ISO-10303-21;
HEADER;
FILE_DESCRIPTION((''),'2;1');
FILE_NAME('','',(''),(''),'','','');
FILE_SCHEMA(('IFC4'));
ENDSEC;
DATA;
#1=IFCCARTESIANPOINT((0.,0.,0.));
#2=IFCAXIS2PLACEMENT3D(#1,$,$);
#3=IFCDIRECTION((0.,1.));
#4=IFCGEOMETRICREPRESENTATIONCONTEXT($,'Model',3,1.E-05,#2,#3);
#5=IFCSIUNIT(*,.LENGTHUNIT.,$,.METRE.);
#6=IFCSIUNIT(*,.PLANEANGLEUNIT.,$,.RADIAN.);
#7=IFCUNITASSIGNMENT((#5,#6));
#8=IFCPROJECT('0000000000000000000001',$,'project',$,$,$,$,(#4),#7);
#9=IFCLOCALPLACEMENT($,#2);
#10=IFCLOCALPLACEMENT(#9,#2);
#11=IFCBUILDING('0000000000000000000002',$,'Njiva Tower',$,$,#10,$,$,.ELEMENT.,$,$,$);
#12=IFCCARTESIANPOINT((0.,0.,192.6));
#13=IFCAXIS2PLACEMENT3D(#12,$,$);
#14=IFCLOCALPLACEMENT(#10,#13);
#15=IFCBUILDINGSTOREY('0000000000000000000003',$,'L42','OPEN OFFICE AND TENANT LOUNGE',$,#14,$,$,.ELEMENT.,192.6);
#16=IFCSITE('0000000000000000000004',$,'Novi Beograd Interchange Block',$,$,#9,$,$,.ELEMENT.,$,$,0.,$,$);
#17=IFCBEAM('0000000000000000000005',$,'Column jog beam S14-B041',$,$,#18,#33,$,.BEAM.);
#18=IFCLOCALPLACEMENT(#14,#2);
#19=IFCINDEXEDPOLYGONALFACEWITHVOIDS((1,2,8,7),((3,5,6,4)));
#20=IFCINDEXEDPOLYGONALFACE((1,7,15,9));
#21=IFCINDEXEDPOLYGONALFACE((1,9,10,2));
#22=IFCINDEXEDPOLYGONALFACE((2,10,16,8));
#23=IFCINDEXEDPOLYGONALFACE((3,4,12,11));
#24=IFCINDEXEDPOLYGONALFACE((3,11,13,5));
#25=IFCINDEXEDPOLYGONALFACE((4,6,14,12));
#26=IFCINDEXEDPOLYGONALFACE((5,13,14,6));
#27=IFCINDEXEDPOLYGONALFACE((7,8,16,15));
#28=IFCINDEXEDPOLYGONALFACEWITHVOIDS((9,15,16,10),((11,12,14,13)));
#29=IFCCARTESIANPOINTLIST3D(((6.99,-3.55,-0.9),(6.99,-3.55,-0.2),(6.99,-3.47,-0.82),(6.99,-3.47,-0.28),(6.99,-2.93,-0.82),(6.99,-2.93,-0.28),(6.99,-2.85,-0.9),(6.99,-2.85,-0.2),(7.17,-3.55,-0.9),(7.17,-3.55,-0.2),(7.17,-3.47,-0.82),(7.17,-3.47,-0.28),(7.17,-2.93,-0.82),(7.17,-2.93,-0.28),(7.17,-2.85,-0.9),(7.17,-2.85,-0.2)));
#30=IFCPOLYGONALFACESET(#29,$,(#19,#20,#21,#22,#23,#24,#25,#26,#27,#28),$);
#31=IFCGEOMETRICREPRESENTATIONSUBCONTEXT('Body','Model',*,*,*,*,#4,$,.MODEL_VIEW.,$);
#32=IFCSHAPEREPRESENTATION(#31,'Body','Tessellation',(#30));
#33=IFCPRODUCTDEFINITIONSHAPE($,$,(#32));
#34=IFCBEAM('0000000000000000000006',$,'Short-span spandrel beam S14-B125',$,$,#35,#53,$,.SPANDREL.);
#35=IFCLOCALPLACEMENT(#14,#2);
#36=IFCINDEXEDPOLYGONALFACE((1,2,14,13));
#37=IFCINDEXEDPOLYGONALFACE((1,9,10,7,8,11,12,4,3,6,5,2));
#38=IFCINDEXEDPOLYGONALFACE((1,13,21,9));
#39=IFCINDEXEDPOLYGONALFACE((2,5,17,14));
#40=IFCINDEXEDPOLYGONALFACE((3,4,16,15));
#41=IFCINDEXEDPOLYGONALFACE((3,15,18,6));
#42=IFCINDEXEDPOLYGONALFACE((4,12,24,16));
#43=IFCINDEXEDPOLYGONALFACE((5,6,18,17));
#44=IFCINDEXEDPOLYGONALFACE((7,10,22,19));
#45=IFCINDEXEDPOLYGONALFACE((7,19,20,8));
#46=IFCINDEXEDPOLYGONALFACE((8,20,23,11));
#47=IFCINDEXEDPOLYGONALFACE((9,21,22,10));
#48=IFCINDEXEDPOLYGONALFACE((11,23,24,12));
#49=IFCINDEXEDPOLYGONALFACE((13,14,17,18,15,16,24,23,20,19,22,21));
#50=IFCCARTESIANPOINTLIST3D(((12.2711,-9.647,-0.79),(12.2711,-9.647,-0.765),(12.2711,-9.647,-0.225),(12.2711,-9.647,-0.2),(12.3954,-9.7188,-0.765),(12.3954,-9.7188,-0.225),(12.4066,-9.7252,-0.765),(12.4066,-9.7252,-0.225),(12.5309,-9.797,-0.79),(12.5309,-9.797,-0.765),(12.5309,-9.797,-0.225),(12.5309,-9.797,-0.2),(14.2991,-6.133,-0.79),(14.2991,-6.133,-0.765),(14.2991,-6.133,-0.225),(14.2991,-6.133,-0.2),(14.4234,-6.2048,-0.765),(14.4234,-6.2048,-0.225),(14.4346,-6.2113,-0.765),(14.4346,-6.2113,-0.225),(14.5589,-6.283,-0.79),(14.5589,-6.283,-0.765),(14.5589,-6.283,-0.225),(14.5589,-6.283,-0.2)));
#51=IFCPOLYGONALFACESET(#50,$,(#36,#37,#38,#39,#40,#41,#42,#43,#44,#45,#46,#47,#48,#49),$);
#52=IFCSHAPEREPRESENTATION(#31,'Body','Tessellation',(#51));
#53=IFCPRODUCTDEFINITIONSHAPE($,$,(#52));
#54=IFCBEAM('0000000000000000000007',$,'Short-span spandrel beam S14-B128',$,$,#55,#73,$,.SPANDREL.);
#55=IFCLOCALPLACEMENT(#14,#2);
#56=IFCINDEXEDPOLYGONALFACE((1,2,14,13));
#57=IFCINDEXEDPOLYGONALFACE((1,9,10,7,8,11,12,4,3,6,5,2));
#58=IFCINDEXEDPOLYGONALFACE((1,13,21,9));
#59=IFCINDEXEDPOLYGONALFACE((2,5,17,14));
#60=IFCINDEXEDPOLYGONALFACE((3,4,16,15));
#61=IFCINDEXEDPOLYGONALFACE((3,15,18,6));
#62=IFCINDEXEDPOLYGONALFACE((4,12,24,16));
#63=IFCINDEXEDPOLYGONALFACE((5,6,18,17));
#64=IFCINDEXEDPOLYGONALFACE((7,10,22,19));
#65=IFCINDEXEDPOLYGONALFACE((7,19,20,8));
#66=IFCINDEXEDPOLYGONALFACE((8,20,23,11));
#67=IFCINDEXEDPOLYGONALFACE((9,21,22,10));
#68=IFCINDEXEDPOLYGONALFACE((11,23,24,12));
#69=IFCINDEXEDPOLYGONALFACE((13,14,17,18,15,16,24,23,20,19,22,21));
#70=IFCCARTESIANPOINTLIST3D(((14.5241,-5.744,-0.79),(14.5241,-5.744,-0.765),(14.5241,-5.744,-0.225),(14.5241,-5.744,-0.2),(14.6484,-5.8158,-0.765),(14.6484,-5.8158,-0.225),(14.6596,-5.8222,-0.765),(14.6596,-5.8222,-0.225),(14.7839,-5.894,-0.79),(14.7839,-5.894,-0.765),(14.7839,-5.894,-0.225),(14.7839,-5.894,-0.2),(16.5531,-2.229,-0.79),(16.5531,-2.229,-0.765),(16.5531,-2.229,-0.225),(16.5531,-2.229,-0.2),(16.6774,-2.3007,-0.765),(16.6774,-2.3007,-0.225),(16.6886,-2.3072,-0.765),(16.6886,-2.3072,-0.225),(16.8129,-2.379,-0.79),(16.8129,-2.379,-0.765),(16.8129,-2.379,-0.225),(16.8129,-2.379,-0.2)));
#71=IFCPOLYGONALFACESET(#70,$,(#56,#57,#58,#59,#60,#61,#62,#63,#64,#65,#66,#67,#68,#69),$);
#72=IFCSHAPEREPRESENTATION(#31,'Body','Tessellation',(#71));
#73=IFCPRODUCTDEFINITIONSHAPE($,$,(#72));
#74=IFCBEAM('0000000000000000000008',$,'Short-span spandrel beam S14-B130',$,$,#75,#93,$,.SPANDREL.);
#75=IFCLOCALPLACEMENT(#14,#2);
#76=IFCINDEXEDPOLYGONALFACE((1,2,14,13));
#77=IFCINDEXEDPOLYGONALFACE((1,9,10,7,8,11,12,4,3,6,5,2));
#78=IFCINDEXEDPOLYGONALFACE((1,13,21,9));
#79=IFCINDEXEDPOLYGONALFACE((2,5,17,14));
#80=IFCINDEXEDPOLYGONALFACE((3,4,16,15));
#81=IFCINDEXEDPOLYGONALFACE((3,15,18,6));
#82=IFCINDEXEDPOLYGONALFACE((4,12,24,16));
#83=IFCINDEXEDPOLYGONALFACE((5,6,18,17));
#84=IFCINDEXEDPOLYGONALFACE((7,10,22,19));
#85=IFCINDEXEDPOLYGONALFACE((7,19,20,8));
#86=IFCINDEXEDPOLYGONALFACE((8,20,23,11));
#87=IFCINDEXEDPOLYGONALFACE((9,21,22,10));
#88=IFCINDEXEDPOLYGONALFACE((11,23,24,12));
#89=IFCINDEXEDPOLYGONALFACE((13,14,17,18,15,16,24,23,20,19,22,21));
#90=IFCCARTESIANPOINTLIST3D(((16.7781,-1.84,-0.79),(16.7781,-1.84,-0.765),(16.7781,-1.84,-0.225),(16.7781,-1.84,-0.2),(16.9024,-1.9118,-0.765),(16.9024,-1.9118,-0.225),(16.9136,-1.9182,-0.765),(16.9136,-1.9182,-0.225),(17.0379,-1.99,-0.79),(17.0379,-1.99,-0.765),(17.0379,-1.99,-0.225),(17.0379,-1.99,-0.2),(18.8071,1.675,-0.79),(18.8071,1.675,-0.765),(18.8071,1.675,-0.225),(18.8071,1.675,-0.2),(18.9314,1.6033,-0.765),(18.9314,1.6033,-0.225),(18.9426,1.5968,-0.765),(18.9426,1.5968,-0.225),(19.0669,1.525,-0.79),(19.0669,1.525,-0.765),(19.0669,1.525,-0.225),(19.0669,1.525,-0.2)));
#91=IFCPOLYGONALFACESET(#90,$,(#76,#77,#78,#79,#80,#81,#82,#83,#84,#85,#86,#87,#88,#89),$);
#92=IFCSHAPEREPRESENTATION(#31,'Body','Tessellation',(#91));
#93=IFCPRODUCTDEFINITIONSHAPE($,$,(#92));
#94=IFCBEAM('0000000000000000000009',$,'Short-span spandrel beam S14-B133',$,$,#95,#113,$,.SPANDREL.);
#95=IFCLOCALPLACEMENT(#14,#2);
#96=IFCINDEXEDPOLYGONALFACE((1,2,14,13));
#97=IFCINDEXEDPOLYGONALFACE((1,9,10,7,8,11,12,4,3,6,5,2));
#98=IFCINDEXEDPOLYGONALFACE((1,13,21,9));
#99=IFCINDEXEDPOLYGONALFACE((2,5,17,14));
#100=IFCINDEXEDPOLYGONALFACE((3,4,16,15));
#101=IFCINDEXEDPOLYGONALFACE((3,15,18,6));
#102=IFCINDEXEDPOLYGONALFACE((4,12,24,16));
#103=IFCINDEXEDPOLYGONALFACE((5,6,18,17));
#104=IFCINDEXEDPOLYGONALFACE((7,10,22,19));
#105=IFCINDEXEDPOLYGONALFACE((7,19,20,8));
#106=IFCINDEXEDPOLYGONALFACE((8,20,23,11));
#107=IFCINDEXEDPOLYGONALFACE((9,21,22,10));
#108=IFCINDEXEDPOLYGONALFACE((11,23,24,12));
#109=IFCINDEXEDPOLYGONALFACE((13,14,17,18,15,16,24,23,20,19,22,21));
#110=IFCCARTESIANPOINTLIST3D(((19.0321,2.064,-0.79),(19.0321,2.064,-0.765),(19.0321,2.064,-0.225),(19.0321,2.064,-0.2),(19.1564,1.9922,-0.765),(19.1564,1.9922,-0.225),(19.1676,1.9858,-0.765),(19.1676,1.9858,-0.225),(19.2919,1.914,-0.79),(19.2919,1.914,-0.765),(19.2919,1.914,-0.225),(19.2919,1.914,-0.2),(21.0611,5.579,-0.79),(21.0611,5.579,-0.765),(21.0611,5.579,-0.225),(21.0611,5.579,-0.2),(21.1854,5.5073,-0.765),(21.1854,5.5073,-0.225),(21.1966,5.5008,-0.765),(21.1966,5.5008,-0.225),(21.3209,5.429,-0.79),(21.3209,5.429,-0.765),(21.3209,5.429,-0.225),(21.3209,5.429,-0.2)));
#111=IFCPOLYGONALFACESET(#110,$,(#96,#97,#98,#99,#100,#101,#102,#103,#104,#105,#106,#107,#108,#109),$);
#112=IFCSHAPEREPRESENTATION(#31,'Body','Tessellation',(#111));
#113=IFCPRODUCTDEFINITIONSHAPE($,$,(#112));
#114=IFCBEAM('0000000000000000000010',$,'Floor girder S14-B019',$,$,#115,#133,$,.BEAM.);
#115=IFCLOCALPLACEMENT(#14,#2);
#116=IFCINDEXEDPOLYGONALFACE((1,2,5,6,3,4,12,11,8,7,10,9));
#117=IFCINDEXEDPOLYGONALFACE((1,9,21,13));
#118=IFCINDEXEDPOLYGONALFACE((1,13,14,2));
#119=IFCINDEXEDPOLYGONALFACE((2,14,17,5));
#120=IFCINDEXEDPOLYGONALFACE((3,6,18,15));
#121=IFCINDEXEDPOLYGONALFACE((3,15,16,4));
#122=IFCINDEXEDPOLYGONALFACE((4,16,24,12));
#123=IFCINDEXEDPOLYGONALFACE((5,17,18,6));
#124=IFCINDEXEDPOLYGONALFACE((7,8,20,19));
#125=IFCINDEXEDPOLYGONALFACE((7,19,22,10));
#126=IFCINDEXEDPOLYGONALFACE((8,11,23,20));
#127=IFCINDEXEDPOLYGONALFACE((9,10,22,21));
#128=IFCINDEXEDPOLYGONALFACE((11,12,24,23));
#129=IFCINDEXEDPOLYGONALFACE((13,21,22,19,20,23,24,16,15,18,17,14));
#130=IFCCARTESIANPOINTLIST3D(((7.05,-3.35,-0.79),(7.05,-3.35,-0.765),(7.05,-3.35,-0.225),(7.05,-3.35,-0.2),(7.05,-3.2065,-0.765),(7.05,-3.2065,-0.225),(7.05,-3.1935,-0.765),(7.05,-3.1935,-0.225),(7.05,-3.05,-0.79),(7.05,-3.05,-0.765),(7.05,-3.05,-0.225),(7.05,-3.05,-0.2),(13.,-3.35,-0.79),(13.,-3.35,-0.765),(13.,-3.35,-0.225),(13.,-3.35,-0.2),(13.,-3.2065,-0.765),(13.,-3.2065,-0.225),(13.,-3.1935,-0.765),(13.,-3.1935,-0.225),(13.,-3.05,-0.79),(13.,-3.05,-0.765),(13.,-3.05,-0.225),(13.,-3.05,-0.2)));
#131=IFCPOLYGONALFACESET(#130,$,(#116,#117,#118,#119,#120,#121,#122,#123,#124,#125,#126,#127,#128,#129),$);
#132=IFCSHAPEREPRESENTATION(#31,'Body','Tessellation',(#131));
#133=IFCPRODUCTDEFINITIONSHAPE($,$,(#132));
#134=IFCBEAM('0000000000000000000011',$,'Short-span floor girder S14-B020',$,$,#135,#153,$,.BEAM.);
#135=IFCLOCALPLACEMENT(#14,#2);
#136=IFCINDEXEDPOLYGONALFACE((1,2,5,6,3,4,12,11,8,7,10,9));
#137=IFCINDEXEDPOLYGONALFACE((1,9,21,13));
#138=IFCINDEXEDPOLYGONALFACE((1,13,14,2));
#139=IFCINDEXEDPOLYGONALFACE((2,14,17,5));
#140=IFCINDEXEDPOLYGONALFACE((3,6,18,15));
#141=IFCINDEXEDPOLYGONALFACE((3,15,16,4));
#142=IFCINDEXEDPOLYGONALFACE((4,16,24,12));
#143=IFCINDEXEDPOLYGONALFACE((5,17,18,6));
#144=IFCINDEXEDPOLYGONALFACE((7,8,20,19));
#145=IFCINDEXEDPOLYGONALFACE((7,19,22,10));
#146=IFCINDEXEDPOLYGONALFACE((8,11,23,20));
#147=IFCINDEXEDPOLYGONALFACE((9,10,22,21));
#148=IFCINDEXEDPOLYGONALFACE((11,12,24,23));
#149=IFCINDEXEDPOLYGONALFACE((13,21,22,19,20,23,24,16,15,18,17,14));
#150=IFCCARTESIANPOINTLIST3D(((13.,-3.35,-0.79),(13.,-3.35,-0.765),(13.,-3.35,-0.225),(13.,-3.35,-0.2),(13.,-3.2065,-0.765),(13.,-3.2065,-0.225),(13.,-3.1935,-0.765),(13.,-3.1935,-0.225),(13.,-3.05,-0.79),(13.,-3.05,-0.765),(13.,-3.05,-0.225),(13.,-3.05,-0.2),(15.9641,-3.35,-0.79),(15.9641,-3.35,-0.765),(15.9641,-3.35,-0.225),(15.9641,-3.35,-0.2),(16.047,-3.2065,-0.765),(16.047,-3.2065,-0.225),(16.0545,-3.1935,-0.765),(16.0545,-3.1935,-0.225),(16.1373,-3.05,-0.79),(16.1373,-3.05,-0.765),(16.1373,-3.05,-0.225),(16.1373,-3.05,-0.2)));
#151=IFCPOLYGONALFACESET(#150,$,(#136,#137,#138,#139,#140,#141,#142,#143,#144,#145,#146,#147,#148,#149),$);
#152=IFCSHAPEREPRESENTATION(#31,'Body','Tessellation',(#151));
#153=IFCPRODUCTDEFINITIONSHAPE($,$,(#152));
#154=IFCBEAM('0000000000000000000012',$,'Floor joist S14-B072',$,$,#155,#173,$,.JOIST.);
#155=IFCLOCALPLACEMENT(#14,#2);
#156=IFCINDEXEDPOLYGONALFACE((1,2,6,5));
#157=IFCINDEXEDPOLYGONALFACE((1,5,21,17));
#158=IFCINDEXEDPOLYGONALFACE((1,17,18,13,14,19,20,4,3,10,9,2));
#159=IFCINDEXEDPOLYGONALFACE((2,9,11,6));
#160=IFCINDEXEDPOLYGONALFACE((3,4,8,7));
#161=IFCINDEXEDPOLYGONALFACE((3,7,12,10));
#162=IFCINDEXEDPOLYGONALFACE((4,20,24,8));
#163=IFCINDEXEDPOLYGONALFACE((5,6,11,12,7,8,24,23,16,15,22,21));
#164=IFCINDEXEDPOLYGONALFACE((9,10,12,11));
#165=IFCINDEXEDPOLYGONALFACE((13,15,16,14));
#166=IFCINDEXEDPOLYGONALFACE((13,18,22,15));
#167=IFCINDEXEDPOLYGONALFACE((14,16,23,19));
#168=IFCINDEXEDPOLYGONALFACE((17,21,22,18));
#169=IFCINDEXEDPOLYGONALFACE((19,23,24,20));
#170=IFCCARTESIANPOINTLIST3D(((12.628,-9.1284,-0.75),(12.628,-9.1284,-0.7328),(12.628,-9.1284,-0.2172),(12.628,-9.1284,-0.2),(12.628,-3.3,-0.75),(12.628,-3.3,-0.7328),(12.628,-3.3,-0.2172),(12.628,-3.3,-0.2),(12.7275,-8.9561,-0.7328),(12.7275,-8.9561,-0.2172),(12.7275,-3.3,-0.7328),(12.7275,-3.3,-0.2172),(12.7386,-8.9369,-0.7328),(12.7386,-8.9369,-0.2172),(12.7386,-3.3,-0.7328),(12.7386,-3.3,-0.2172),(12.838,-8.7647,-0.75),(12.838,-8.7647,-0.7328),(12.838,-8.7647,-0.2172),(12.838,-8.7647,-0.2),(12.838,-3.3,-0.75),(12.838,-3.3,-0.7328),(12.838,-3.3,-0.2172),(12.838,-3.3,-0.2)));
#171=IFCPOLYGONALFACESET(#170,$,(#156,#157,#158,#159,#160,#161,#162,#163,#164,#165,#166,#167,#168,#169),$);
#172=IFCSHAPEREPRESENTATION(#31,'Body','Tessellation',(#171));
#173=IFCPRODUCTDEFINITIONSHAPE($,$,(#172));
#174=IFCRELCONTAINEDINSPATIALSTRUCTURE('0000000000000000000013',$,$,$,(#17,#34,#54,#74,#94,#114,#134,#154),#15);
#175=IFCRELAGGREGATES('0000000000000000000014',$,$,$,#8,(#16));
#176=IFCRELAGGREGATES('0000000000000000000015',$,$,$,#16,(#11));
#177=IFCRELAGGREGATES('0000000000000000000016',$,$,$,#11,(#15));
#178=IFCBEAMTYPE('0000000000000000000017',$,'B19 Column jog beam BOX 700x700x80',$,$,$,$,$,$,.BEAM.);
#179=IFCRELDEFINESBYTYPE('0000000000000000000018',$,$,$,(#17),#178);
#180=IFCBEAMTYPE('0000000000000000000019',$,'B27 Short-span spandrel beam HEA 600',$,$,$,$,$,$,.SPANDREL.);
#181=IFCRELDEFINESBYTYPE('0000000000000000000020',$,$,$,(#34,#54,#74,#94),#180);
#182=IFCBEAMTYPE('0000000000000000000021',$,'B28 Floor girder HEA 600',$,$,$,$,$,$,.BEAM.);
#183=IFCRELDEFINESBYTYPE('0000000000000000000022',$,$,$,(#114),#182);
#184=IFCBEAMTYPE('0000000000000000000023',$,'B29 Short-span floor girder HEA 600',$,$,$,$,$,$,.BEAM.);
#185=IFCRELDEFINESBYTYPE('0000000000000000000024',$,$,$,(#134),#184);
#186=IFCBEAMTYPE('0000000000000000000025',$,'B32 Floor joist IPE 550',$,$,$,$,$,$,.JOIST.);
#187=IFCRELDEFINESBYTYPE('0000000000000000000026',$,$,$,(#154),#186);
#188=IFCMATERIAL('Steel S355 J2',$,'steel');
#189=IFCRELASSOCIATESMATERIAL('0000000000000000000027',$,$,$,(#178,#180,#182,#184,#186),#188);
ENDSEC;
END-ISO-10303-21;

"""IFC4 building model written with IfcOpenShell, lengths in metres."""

from ifc_helpers import new_model, si_unit, direction, frame, origin, origin_2d, place, context, subcontext, project, spatial, hollow_rectangle, i_section, extrude, clip, halfspace, material, material_profile, profile_set, type_object, element, save


model = new_model("IFC4")

# Units and contexts
model_context = context("Model", 3, precision=1e-05, world=origin(), true_north=direction((0.0, 1.0)))
body_context = subcontext(model_context, "Body", "Model", "MODEL_VIEW")
ifc_project = project(units=[si_unit("LENGTHUNIT", "METRE"), si_unit("PLANEANGLEUNIT", "RADIAN")], contexts=[model_context])

# Site, building, storey
site_placement = place(None, origin())
site = spatial("IfcSite", under=ifc_project, at=site_placement, Name="Novi Beograd Interchange Block", CompositionType="ELEMENT", RefElevation=0.0)
building_placement = place(site_placement, origin())
building = spatial("IfcBuilding", under=site, at=building_placement, Name="Njiva Tower", CompositionType="ELEMENT")
storey_placement = place(building_placement, frame((0.0, 0.0, 192.6)))
storey = spatial("IfcBuildingStorey", under=building, at=storey_placement, Name="L42", Description="OPEN OFFICE AND TENANT LOUNGE", CompositionType="ELEMENT", Elevation=192.6)

# Shared definitions
ifc_material_1 = material(Name="Steel S355 J2", Category="steel")

# Beams
ifc_material_profile_1 = material_profile(ifc_material_1, hollow_rectangle(XDim=0.7, YDim=0.7, WallThickness=0.08, at=origin_2d()), Name="BOX 700x700x80")
ifc_profile_set_1 = profile_set([ifc_material_profile_1], Name="Steel S355 J2")
beam_type_1 = type_object("IfcBeamType", Name="B19 Column jog beam BOX 700x700x80", PredefinedType="BEAM", material=ifc_profile_set_1)
beam_1_placement = place(storey_placement, frame((7.17, -3.2, -0.55), z_axis=(-1.0, 0.0, 0.0), x_axis=(0.0, -1.0, 0.0)))
element("IfcBeam", 1, at=beam_1_placement, inside=storey, type_object=beam_type_1, Name="Column jog beam S14-B041", PredefinedType="BEAM", context=body_context, shape_type="SweptSolid", body=[
    extrude(hollow_rectangle(XDim=0.7, YDim=0.7, WallThickness=0.08, at=origin_2d()), origin(), (0.0, 0.0, 1.0), 0.18),
])
ifc_material_profile_2 = material_profile(ifc_material_1, i_section(OverallWidth=0.3, OverallDepth=0.59, WebThickness=0.013, FlangeThickness=0.025, at=origin_2d()), Name="HEA 600")
ifc_profile_set_2 = profile_set([ifc_material_profile_2], Name="Steel S355 J2")
beam_type_2 = type_object("IfcBeamType", Name="B27 Short-span spandrel beam HEA 600", PredefinedType="SPANDREL", material=ifc_profile_set_2)
beam_2_placement = place(storey_placement, frame((12.401, -9.722, -0.495), z_axis=(0.49985, 0.866112, 0.0), x_axis=(-0.866112, 0.49985, 0.0)))
element("IfcBeam", 2, at=beam_2_placement, inside=storey, type_object=beam_type_2, Name="Short-span spandrel beam S14-B125", PredefinedType="SPANDREL", context=body_context, shape_type="SweptSolid", body=[
    extrude(i_section(OverallWidth=0.3, OverallDepth=0.59, WebThickness=0.013, FlangeThickness=0.025, at=origin_2d()), origin(), (0.0, 0.0, 1.0), 4.0572),
])
for number, where, z_axis, x_axis, name in (
    (3, (14.654, -5.819, -0.495), (0.499929, 0.866067, 0.0), (-0.866067, 0.499929, 0.0), "Short-span spandrel beam S14-B128"),
    (4, (16.908, -1.915, -0.495), (0.499929, 0.866067, 0.0), (-0.866067, 0.499929, 0.0), "Short-span spandrel beam S14-B130"),
    (5, (19.162, 1.989, -0.495), (0.499929, 0.866067, 0.0), (-0.866067, 0.499929, 0.0), "Short-span spandrel beam S14-B133"),
):
    element("IfcBeam", number, at=place(storey_placement, frame(where, z_axis=z_axis, x_axis=x_axis)), inside=storey, type_object=beam_type_2, Name=name, PredefinedType="SPANDREL", context=body_context, shape_type="SweptSolid", body=[
        extrude(i_section(OverallWidth=0.3, OverallDepth=0.59, WebThickness=0.013, FlangeThickness=0.025, at=origin_2d()), origin(), (0.0, 0.0, 1.0), 4.0586),
    ])
ifc_material_profile_3 = material_profile(ifc_material_1, i_section(OverallWidth=0.3, OverallDepth=0.59, WebThickness=0.013, FlangeThickness=0.025, at=origin_2d()), Name="HEA 600")
ifc_profile_set_3 = profile_set([ifc_material_profile_3], Name="Steel S355 J2")
beam_type_3 = type_object("IfcBeamType", Name="B28 Floor girder HEA 600", PredefinedType="BEAM", material=ifc_profile_set_3)
beam_3_placement = place(storey_placement, frame((7.05, -3.2, -0.495), z_axis=(1.0, 0.0, 0.0), x_axis=(0.0, 1.0, 0.0)))
element("IfcBeam", 6, at=beam_3_placement, inside=storey, type_object=beam_type_3, Name="Floor girder S14-B019", PredefinedType="BEAM", context=body_context, shape_type="SweptSolid", body=[
    extrude(i_section(OverallWidth=0.3, OverallDepth=0.59, WebThickness=0.013, FlangeThickness=0.025, at=origin_2d()), origin(), (0.0, 0.0, 1.0), 5.95),
])
ifc_material_profile_4 = material_profile(ifc_material_1, i_section(OverallWidth=0.3, OverallDepth=0.59, WebThickness=0.013, FlangeThickness=0.025, at=origin_2d()), Name="HEA 600")
ifc_profile_set_4 = profile_set([ifc_material_profile_4], Name="Steel S355 J2")
beam_type_4 = type_object("IfcBeamType", Name="B29 Short-span floor girder HEA 600", PredefinedType="BEAM", material=ifc_profile_set_4)
beam_4_placement = place(storey_placement, frame((13.0, -3.2, -0.495), z_axis=(1.0, 0.0, 0.0), x_axis=(0.0, 1.0, 0.0)))
element("IfcBeam", 7, at=beam_4_placement, inside=storey, type_object=beam_type_4, Name="Short-span floor girder S14-B020", PredefinedType="BEAM", context=body_context, shape_type="Clipping", body=[
    clip(extrude(i_section(OverallWidth=0.3, OverallDepth=0.59, WebThickness=0.013, FlangeThickness=0.025, at=origin_2d()), origin(), (0.0, 0.0, 1.0), 3.158), halfspace(frame((-0.025, 0.0, 3.0363), z_axis=(-0.499998, 0.0, 0.866027), x_axis=(0.0, 1.0, 0.0)), False)),
])
ifc_material_profile_5 = material_profile(ifc_material_1, i_section(OverallWidth=0.21, OverallDepth=0.55, WebThickness=0.0111, FlangeThickness=0.0172, at=origin_2d()), Name="IPE 550")
ifc_profile_set_5 = profile_set([ifc_material_profile_5], Name="Steel S355 J2")
beam_type_5 = type_object("IfcBeamType", Name="B32 Floor joist IPE 550", PredefinedType="JOIST", material=ifc_profile_set_5)
beam_5_placement = place(storey_placement, frame((12.733, -3.3, -0.475), z_axis=(0.0, -1.0, 0.0), x_axis=(1.0, 0.0, 0.0)))
element("IfcBeam", 8, at=beam_5_placement, inside=storey, type_object=beam_type_5, Name="Floor joist S14-B072", PredefinedType="JOIST", context=body_context, shape_type="Clipping", body=[
    clip(extrude(i_section(OverallWidth=0.21, OverallDepth=0.55, WebThickness=0.0111, FlangeThickness=0.0172, at=origin_2d()), origin(), (0.0, 0.0, 1.0), 5.848), halfspace(frame((0.0436, 0.0, 5.571), z_axis=(0.866027, 0.0, 0.499998), x_axis=(0.0, 1.0, 0.0)), False)),
])

save(model, "model.ifc")
